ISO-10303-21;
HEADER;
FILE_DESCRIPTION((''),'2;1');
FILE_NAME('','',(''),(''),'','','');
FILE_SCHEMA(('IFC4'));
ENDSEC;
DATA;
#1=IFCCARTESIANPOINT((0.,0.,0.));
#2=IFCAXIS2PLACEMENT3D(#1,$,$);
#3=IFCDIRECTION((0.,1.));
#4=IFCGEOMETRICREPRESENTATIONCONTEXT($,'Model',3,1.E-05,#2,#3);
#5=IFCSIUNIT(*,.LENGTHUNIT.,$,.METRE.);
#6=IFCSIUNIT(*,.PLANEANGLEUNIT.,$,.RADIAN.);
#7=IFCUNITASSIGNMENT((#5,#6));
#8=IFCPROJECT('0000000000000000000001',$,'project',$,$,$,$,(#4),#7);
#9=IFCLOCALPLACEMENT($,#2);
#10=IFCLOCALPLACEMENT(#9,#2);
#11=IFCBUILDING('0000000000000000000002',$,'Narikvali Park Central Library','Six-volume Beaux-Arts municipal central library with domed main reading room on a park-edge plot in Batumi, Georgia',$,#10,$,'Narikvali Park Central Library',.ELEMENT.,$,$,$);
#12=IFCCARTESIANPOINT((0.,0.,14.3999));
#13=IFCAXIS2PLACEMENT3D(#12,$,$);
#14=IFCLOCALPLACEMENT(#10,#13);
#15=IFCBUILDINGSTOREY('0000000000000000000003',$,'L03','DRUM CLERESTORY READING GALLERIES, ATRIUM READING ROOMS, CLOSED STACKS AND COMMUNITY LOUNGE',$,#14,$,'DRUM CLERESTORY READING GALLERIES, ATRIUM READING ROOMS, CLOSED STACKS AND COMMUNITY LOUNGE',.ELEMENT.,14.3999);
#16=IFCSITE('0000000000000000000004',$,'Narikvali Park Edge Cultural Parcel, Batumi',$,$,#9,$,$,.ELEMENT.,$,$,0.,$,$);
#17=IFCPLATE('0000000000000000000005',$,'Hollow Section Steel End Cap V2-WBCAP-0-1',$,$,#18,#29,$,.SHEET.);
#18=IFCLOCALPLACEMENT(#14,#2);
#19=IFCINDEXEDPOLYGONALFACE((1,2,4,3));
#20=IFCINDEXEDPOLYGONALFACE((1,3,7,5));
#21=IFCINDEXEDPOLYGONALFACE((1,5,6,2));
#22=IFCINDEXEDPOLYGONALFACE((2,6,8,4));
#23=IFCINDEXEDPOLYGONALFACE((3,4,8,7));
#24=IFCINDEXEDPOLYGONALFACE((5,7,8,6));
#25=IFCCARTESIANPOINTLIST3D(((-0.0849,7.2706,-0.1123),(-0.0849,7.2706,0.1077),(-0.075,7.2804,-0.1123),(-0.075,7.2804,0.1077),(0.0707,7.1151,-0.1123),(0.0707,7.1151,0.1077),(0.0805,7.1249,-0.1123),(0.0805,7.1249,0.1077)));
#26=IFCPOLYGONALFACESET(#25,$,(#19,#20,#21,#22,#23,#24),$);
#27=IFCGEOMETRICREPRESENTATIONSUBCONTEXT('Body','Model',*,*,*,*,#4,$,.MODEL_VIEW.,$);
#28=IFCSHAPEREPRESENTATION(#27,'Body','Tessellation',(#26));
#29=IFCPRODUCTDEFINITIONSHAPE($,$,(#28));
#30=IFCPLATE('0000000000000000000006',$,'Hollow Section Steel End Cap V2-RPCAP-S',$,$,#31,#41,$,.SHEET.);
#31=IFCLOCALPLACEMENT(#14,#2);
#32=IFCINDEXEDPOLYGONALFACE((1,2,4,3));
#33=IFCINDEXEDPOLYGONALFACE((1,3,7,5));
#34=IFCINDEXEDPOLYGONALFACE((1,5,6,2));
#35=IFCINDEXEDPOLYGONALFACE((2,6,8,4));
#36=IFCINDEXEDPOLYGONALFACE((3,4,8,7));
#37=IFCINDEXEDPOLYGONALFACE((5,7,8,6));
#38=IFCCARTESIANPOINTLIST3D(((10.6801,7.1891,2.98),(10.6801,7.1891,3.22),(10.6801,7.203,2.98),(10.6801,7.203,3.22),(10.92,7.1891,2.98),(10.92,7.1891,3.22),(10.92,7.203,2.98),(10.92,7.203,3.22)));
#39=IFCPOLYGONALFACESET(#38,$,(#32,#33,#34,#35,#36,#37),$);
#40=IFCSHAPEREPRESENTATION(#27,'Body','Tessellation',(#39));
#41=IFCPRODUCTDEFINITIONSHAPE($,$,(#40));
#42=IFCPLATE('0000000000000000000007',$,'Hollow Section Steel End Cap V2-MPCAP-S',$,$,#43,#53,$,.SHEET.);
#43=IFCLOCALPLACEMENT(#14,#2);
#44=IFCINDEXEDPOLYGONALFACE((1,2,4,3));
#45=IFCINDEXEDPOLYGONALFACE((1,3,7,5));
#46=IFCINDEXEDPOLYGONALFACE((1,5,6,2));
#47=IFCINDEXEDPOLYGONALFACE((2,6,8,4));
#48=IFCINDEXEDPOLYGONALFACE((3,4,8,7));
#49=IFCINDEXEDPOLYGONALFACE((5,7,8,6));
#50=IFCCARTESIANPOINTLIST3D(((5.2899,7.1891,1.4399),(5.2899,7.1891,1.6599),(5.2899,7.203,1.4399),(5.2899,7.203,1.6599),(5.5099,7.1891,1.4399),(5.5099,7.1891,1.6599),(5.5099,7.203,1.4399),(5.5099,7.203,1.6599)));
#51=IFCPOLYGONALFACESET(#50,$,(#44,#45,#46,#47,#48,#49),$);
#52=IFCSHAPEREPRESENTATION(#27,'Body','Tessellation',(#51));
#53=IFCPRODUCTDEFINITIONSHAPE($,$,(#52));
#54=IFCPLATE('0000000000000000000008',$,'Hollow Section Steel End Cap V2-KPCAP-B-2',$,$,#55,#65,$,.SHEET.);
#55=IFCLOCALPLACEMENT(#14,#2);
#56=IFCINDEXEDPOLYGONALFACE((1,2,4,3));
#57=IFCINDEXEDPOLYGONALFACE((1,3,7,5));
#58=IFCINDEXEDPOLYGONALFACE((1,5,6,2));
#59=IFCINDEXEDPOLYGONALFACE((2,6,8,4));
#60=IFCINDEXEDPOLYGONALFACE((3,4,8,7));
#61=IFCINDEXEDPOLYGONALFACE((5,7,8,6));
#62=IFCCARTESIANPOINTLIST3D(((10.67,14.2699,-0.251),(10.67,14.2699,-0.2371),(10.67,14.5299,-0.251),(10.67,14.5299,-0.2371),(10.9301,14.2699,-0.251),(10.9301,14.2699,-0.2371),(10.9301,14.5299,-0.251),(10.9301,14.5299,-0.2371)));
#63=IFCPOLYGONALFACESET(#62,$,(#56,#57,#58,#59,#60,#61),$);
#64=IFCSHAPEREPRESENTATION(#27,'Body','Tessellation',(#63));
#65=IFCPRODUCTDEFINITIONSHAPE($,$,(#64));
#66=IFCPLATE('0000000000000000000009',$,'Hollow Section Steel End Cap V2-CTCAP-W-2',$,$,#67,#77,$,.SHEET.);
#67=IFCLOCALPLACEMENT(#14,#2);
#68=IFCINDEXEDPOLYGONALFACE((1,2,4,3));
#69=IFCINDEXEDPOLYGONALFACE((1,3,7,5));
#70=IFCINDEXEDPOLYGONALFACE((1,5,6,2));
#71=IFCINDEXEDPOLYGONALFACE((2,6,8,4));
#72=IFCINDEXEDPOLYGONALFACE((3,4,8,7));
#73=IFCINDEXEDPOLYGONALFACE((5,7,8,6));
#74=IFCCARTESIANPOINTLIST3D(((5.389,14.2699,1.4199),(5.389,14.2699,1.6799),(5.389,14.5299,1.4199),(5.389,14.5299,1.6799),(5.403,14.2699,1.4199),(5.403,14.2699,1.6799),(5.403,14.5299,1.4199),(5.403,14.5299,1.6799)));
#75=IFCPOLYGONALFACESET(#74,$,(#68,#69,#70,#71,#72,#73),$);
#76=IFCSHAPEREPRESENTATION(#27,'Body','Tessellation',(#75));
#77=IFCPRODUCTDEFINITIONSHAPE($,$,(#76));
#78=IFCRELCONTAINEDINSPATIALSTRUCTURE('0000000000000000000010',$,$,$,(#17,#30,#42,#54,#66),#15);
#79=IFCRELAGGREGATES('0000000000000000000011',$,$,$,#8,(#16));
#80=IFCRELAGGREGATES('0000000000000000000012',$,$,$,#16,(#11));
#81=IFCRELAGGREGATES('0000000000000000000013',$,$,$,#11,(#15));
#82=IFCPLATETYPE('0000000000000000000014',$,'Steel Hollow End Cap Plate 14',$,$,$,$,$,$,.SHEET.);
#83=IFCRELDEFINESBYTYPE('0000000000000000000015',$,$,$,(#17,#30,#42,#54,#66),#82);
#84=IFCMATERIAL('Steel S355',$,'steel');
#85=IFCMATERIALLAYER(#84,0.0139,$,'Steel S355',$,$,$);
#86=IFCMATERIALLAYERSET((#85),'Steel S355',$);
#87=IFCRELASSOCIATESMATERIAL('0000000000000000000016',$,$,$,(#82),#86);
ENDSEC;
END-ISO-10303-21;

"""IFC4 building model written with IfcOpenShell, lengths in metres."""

from ifc_helpers import new_model, si_unit, direction, frame, origin, origin_2d, place, context, subcontext, project, spatial, rectangle, extrude, material, layer, layer_set, type_object, element, save


model = new_model("IFC4")

# Units and contexts
model_context = context("Model", 3, precision=1e-05, world=origin(), true_north=direction((0.0, 1.0)))
body_context = subcontext(model_context, "Body", "Model", "MODEL_VIEW")
ifc_project = project(units=[si_unit("LENGTHUNIT", "METRE"), si_unit("PLANEANGLEUNIT", "RADIAN")], contexts=[model_context])

# Site, building, storey
site_placement = place(None, origin())
site = spatial("IfcSite", under=ifc_project, at=site_placement, Name="Narikvali Park Edge Cultural Parcel, Batumi", CompositionType="ELEMENT", RefElevation=0.0)
building_placement = place(site_placement, origin())
building = spatial("IfcBuilding", under=site, at=building_placement, Name="Narikvali Park Central Library", Description="Six-volume Beaux-Arts municipal central library with domed main reading room on a park-edge plot in Batumi, Georgia", LongName="Narikvali Park Central Library", CompositionType="ELEMENT")
storey_placement = place(building_placement, frame((0.0, 0.0, 14.3999)))
storey = spatial("IfcBuildingStorey", under=building, at=storey_placement, Name="L03", Description="DRUM CLERESTORY READING GALLERIES, ATRIUM READING ROOMS, CLOSED STACKS AND COMMUNITY LOUNGE", LongName="DRUM CLERESTORY READING GALLERIES, ATRIUM READING ROOMS, CLOSED STACKS AND COMMUNITY LOUNGE", CompositionType="ELEMENT", Elevation=14.3999)

# Shared definitions
ifc_material_1 = material(Name="Steel S355", Category="steel")

# Plates
ifc_layer_1 = layer(ifc_material_1, 0.0139, Name="Steel S355")
ifc_layer_set_1 = layer_set([ifc_layer_1], Name="Steel S355")
plate_type_1 = type_object("IfcPlateType", Name="Steel Hollow End Cap Plate 14", PredefinedType="SHEET", material=ifc_layer_set_1)
plate_1_placement = place(storey_placement, frame((-0.0022, 7.1978, -0.1123), z_axis=(0.0, 0.0, 1.0), x_axis=(-0.707107, 0.707107, 0.0)))
element("IfcPlate", 1, at=plate_1_placement, inside=storey, type_object=plate_type_1, Name="Hollow Section Steel End Cap V2-WBCAP-0-1", PredefinedType="SHEET", context=body_context, shape_type="SweptSolid", body=[
    extrude(rectangle(XDim=0.22, YDim=0.0139, at=origin_2d()), origin(), (0.0, 0.0, 1.0), 0.22),
])
plate_2_placement = place(storey_placement, frame((10.8, 7.196, 2.98), z_axis=(0.0, 0.0, 1.0), x_axis=(-1.0, 0.0, 0.0)))
element("IfcPlate", 2, at=plate_2_placement, inside=storey, type_object=plate_type_1, Name="Hollow Section Steel End Cap V2-RPCAP-S", PredefinedType="SHEET", context=body_context, shape_type="SweptSolid", body=[
    extrude(rectangle(XDim=0.24, YDim=0.0139, at=origin_2d()), origin(), (0.0, 0.0, 1.0), 0.24),
])
plate_3_placement = place(storey_placement, frame((5.3999, 7.196, 1.4399), z_axis=(0.0, 0.0, 1.0), x_axis=(-1.0, 0.0, 0.0)))
element("IfcPlate", 3, at=plate_3_placement, inside=storey, type_object=plate_type_1, Name="Hollow Section Steel End Cap V2-MPCAP-S", PredefinedType="SHEET", context=body_context, shape_type="SweptSolid", body=[
    extrude(rectangle(XDim=0.22, YDim=0.0139, at=origin_2d()), origin(), (0.0, 0.0, 1.0), 0.22),
])
plate_4_placement = place(storey_placement, frame((10.8, 14.3999, -0.251), z_axis=(0.0, 0.0, 1.0), x_axis=(1.0, 0.0, 0.0)))
element("IfcPlate", 4, at=plate_4_placement, inside=storey, type_object=plate_type_1, Name="Hollow Section Steel End Cap V2-KPCAP-B-2", PredefinedType="SHEET", context=body_context, shape_type="SweptSolid", body=[
    extrude(rectangle(XDim=0.26, YDim=0.26, at=origin_2d()), origin(), (0.0, 0.0, 1.0), 0.0139),
])
plate_5_placement = place(storey_placement, frame((5.396, 14.3999, 1.4199), z_axis=(0.0, 0.0, 1.0), x_axis=(-1.0, 0.0, 0.0)))
element("IfcPlate", 5, at=plate_5_placement, inside=storey, type_object=plate_type_1, Name="Hollow Section Steel End Cap V2-CTCAP-W-2", PredefinedType="SHEET", context=body_context, shape_type="SweptSolid", body=[
    extrude(rectangle(XDim=0.0139, YDim=0.26, at=origin_2d()), origin(), (0.0, 0.0, 1.0), 0.26),
])

save(model, "model.ifc")
